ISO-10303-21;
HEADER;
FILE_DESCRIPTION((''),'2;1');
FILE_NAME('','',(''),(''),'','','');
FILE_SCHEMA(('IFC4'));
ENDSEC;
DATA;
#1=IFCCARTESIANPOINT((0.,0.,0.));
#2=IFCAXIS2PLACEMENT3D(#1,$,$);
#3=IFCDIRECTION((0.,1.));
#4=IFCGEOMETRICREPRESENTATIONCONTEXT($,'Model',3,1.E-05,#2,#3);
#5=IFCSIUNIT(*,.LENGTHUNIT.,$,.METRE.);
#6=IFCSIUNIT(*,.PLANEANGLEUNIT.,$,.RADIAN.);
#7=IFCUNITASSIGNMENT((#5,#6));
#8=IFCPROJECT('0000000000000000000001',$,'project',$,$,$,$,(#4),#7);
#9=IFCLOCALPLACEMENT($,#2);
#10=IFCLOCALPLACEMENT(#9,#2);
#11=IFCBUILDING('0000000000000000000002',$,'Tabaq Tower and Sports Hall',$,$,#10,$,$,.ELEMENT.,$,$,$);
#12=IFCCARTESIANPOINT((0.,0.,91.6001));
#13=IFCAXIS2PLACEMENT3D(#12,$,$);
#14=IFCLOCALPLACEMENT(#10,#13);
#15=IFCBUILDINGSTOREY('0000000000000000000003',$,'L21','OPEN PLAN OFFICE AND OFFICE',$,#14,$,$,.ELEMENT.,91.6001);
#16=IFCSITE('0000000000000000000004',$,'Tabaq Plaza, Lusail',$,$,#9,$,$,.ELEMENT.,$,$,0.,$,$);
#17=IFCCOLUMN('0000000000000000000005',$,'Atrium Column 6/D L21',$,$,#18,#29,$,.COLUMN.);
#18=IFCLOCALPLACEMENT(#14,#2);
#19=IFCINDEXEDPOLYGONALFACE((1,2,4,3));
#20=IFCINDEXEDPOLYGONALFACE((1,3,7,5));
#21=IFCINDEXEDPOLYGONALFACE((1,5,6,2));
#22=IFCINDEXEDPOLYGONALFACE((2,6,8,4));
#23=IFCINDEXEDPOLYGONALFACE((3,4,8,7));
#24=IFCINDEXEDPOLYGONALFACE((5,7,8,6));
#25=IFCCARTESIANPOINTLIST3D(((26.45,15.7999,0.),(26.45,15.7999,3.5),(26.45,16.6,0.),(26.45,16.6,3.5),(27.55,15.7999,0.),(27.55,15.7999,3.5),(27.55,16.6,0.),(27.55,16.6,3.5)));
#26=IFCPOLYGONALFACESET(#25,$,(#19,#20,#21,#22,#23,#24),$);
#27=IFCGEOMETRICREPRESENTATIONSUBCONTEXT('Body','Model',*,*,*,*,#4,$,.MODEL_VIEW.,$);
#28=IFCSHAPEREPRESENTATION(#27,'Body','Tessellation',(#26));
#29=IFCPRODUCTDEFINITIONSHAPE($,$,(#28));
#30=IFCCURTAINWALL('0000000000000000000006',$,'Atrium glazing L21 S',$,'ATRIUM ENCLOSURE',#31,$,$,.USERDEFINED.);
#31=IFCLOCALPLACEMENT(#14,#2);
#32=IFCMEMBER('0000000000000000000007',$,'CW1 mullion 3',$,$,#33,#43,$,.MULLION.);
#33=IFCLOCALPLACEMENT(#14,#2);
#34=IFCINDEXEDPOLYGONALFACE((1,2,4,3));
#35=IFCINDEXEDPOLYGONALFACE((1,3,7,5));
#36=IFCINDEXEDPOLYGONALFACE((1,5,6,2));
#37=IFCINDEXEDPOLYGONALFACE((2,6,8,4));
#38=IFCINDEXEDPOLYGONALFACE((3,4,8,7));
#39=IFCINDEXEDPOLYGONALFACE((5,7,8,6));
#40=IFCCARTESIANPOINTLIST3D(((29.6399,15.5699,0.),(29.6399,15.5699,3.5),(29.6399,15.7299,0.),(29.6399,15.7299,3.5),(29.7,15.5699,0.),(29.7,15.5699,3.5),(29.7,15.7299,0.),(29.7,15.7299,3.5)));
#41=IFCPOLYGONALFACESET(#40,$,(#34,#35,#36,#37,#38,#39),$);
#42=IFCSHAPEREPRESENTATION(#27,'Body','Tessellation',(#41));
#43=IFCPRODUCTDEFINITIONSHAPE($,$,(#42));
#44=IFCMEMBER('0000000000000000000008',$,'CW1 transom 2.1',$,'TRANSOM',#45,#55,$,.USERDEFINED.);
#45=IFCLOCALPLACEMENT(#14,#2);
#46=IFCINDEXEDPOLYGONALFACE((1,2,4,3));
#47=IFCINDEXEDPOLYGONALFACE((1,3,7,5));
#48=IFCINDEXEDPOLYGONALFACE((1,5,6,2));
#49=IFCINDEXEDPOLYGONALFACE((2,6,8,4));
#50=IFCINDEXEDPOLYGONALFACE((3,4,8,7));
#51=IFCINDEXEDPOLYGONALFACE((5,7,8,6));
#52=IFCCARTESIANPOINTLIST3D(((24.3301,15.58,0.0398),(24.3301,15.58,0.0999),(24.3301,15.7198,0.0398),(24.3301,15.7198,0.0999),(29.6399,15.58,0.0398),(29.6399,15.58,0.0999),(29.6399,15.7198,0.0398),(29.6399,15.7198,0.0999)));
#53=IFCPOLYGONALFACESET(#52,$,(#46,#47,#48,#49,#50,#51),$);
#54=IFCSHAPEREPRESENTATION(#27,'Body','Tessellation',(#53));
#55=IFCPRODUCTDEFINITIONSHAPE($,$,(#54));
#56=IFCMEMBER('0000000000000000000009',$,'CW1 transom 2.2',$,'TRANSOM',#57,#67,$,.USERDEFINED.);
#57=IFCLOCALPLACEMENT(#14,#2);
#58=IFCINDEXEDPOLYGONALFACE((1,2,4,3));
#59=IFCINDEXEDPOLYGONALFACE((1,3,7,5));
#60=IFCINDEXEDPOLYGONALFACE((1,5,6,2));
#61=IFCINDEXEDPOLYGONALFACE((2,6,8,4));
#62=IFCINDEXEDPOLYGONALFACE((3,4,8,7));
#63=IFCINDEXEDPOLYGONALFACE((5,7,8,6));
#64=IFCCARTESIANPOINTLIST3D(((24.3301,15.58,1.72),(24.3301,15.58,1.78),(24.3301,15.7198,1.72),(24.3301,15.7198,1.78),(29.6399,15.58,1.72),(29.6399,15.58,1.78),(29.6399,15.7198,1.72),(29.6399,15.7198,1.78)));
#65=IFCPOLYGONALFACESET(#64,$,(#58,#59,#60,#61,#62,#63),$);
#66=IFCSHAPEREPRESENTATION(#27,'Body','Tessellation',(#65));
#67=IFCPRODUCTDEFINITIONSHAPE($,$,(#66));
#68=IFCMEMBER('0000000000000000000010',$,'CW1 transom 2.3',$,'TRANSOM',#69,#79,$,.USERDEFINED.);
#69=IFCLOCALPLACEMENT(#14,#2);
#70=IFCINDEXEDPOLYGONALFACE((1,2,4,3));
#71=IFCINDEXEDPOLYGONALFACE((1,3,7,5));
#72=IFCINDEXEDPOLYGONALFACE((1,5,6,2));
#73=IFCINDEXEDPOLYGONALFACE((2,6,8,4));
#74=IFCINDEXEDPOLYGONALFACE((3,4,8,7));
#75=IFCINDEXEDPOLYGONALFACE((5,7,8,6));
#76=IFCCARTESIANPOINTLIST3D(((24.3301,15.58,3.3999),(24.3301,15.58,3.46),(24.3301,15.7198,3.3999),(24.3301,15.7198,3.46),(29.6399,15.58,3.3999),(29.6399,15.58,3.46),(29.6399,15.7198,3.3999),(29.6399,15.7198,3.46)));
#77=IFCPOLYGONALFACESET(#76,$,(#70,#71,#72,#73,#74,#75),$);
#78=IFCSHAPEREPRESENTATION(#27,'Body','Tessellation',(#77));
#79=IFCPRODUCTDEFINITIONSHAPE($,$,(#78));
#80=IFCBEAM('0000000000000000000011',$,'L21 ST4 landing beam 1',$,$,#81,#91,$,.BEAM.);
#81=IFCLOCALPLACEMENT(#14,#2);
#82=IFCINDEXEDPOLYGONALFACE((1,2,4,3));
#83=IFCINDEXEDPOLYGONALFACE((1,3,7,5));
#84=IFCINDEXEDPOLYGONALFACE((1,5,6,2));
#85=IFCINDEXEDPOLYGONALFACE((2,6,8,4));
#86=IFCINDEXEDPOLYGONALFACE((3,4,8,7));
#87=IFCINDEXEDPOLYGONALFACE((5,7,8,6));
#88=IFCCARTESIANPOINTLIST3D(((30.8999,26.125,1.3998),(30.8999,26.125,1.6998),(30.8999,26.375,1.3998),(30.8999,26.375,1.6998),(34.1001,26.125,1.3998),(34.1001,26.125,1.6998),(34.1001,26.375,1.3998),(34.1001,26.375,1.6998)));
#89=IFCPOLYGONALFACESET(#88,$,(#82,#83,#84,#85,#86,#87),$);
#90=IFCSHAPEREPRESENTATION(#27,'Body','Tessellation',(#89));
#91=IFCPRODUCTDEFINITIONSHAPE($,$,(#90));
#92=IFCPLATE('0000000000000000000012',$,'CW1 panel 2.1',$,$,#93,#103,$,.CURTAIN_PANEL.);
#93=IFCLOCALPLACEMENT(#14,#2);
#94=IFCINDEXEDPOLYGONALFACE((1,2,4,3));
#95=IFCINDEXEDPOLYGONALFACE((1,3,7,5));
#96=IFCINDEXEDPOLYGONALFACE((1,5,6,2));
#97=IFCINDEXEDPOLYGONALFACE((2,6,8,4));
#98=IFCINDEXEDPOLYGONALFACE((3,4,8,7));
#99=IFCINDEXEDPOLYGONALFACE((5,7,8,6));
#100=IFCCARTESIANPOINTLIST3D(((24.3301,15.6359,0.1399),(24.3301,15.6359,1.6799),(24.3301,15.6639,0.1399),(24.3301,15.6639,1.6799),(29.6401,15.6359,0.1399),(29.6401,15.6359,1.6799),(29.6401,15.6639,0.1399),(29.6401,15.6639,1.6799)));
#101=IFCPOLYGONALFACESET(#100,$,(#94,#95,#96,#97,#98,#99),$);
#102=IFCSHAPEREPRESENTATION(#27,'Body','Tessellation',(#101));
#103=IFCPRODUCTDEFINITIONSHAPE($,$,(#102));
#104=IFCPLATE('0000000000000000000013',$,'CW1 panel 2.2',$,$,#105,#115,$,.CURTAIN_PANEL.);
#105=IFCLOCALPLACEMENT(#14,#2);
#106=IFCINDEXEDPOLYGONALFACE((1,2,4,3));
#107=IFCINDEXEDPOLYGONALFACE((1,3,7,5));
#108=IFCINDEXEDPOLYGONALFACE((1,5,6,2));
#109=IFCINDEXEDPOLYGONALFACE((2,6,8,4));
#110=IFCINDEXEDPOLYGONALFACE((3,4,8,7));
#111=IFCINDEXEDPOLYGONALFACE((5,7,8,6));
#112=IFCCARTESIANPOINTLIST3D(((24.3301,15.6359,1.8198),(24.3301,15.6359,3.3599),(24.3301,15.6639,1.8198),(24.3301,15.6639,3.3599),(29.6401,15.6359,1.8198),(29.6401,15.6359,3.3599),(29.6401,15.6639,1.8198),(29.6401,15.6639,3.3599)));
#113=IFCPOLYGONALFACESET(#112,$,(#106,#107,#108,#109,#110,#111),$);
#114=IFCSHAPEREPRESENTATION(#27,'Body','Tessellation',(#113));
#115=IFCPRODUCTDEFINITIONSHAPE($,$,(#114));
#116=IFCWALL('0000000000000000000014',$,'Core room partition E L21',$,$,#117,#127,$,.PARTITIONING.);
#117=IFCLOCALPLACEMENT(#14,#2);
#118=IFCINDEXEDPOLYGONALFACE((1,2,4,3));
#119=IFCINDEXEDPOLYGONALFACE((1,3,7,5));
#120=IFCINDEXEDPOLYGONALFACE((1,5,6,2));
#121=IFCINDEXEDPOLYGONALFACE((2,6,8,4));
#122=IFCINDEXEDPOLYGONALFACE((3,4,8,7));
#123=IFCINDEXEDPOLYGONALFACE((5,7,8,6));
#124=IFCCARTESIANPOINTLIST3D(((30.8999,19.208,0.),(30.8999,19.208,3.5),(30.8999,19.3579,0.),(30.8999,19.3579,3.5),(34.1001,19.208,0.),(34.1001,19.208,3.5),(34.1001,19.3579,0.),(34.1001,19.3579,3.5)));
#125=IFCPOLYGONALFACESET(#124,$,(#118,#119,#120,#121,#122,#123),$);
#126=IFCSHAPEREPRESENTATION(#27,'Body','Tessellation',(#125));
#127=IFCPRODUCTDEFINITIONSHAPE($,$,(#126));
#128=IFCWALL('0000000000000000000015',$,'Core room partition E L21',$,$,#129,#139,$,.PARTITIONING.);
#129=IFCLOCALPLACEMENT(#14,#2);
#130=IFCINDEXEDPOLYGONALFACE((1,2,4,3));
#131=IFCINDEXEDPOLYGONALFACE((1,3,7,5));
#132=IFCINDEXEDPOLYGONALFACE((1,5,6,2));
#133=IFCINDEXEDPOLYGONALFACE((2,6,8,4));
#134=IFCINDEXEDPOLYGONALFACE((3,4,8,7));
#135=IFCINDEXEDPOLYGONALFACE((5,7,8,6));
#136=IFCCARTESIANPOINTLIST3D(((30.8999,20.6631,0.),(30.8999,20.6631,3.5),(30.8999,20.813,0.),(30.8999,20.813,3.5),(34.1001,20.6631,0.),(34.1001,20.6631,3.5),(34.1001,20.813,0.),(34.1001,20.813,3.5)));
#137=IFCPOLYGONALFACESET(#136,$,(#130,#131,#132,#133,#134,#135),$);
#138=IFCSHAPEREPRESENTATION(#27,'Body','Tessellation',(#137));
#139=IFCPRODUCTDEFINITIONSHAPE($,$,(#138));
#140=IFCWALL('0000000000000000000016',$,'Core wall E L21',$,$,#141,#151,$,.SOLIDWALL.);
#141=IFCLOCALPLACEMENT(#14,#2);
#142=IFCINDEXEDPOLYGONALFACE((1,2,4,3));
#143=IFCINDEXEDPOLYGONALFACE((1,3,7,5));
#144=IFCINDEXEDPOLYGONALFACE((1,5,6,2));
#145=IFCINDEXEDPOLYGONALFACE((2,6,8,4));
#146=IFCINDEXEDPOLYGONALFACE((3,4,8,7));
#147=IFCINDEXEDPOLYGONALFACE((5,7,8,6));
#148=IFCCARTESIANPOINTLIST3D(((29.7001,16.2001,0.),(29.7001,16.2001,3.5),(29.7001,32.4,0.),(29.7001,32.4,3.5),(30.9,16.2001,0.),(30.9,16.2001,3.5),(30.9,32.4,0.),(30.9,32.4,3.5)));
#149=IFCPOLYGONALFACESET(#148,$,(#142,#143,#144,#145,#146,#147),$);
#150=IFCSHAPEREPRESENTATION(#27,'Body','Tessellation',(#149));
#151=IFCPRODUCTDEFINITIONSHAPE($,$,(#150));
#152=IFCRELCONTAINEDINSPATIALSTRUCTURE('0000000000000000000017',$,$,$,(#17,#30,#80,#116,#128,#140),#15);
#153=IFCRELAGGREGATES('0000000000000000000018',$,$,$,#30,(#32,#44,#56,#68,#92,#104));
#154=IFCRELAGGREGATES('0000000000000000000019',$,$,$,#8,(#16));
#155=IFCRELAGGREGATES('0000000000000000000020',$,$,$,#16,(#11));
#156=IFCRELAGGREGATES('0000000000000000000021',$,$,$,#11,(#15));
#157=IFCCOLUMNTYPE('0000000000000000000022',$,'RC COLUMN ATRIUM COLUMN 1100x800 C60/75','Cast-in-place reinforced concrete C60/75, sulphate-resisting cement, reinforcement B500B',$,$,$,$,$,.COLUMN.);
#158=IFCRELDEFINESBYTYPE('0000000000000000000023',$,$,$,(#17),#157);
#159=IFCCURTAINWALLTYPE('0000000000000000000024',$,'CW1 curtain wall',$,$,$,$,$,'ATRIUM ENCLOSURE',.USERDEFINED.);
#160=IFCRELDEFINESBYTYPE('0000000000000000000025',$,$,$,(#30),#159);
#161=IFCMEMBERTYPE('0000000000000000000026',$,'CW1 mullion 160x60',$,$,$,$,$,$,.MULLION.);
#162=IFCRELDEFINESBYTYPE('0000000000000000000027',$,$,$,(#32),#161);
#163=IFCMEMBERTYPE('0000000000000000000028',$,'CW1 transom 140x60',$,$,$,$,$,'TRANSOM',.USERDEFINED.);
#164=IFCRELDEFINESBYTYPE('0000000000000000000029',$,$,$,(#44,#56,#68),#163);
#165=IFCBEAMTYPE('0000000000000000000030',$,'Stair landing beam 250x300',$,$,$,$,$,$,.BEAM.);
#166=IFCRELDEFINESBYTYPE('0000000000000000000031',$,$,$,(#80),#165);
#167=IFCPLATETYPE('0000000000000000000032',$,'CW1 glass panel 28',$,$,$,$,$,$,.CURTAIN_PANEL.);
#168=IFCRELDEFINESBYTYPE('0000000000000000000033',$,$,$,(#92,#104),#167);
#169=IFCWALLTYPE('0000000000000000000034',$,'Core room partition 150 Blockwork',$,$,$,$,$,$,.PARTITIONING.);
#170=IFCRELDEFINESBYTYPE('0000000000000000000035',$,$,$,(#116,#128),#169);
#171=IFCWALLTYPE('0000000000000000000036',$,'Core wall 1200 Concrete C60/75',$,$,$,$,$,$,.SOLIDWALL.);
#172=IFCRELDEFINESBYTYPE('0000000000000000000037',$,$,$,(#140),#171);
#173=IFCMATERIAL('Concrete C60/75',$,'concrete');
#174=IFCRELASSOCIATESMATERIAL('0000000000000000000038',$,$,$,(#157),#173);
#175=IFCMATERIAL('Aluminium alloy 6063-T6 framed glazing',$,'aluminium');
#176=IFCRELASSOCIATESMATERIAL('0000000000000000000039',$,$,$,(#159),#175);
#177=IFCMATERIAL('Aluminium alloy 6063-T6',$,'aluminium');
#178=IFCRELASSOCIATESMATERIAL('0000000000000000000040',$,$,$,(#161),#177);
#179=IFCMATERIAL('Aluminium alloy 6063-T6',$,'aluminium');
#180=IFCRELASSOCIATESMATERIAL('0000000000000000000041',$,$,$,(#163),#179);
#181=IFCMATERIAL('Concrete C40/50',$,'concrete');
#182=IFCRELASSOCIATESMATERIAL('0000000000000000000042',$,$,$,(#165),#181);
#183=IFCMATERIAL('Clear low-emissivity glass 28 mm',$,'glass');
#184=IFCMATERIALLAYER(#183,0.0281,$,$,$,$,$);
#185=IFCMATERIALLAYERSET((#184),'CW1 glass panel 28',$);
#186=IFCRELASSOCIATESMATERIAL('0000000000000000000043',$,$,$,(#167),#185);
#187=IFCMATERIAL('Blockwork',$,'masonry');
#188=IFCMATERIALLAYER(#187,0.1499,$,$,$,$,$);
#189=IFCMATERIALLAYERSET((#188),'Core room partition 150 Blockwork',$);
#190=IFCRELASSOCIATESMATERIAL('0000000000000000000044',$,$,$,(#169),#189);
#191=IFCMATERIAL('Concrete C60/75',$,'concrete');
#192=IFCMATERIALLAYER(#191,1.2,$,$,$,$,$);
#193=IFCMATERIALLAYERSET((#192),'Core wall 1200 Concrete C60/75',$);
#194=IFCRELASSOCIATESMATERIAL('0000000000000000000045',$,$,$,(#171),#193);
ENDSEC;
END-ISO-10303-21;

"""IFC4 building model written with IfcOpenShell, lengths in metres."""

from ifc_helpers import new_model, si_unit, direction, frame, frame_2d, origin, origin_2d, place, context, subcontext, project, spatial, rectangle, extrude, material, layer, layer_set, material_profile, profile_set, type_object, element, aggregate, save


model = new_model("IFC4")

# Units and contexts
model_context = context("Model", 3, precision=1e-05, world=origin(), true_north=direction((0.0, 1.0)))
body_context = subcontext(model_context, "Body", "Model", "MODEL_VIEW")
ifc_project = project(units=[si_unit("LENGTHUNIT", "METRE"), si_unit("PLANEANGLEUNIT", "RADIAN")], contexts=[model_context])

# Site, building, storey
site_placement = place(None, origin())
site = spatial("IfcSite", under=ifc_project, at=site_placement, Name="Tabaq Plaza, Lusail", CompositionType="ELEMENT", RefElevation=0.0)
building_placement = place(site_placement, origin())
building = spatial("IfcBuilding", under=site, at=building_placement, Name="Tabaq Tower and Sports Hall", CompositionType="ELEMENT")
storey_placement = place(building_placement, frame((0.0, 0.0, 91.6001)))
storey = spatial("IfcBuildingStorey", under=building, at=storey_placement, Name="L21", Description="OPEN PLAN OFFICE AND OFFICE", CompositionType="ELEMENT", Elevation=91.6001)

# Column
ifc_material_1 = material(Name="Concrete C60/75", Category="concrete")
ifc_material_profile_1 = material_profile(ifc_material_1, rectangle(XDim=1.1001, YDim=0.8, at=origin_2d()), Name="ATRIUM COLUMN 1100x800")
ifc_profile_set_1 = profile_set([ifc_material_profile_1], Name="Concrete C60/75")
column_type = type_object("IfcColumnType", Name="RC COLUMN ATRIUM COLUMN 1100x800 C60/75", Description="Cast-in-place reinforced concrete C60/75, sulphate-resisting cement, reinforcement B500B", PredefinedType="COLUMN", material=ifc_profile_set_1)
column_placement = place(storey_placement, frame((27.0, 16.2, 0.0), z_axis=(0.0, 0.0, 1.0), x_axis=(1.0, 0.0, 0.0)))
element("IfcColumn", 1, at=column_placement, inside=storey, type_object=column_type, Name="Atrium Column 6/D L21", PredefinedType="COLUMN", context=body_context, shape_type="SweptSolid", body=[
    extrude(rectangle(XDim=1.1001, YDim=0.8, at=origin_2d()), origin(), (0.0, 0.0, 1.0), 3.5),
])

# Curtain wall, members
ifc_material_2 = material(Name="Aluminium alloy 6063-T6 framed glazing", Category="aluminium")
curtain_wall_type = type_object("IfcCurtainWallType", Name="CW1 curtain wall", ElementType="ATRIUM ENCLOSURE", PredefinedType="USERDEFINED", material=ifc_material_2)
curtain_wall_placement = place(storey_placement, origin())
curtain_wall = element("IfcCurtainWall", 2, at=curtain_wall_placement, inside=storey, type_object=curtain_wall_type, Name="Atrium glazing L21 S", ObjectType="ATRIUM ENCLOSURE", PredefinedType="USERDEFINED")
ifc_material_3 = material(Name="Aluminium alloy 6063-T6", Category="aluminium")
ifc_material_profile_2 = material_profile(ifc_material_3, rectangle(XDim=0.1599, YDim=0.0601, at=origin_2d()), Name="MULLION 160x60")
ifc_profile_set_2 = profile_set([ifc_material_profile_2], Name="Aluminium alloy 6063-T6")
member_type_1 = type_object("IfcMemberType", Name="CW1 mullion 160x60", PredefinedType="MULLION", material=ifc_profile_set_2)
member_1_placement = place(storey_placement, frame((29.6699, 15.6499, 0.0), z_axis=(0.0, 0.0, 1.0), x_axis=(0.0, 1.0, 0.0)))
member_1 = element("IfcMember", 3, at=member_1_placement, type_object=member_type_1, Name="CW1 mullion 3", PredefinedType="MULLION", context=body_context, shape_type="SweptSolid", body=[
    extrude(rectangle(XDim=0.1599, YDim=0.0601, at=origin_2d()), origin(), (0.0, 0.0, 1.0), 3.5),
])
ifc_material_4 = material(Name="Aluminium alloy 6063-T6", Category="aluminium")
ifc_material_profile_3 = material_profile(ifc_material_4, rectangle(XDim=0.1399, YDim=0.0601, at=origin_2d()), Name="TRANSOM 140x60")
ifc_profile_set_3 = profile_set([ifc_material_profile_3], Name="Aluminium alloy 6063-T6")
member_type_2 = type_object("IfcMemberType", Name="CW1 transom 140x60", ElementType="TRANSOM", PredefinedType="USERDEFINED", material=ifc_profile_set_3)
member_2_placement = place(storey_placement, frame((24.3301, 15.6499, 0.0698), z_axis=(1.0, 0.0, 0.0), x_axis=(0.0, 1.0, 0.0)))
member_2 = element("IfcMember", 4, at=member_2_placement, type_object=member_type_2, Name="CW1 transom 2.1", ObjectType="TRANSOM", PredefinedType="USERDEFINED", context=body_context, shape_type="SweptSolid", body=[
    extrude(rectangle(XDim=0.1399, YDim=0.0601, at=origin_2d()), origin(), (0.0, 0.0, 1.0), 5.3098),
])
member_3_placement = place(storey_placement, frame((24.3301, 15.6499, 1.75), z_axis=(1.0, 0.0, 0.0), x_axis=(0.0, 1.0, 0.0)))
member_3 = element("IfcMember", 5, at=member_3_placement, type_object=member_type_2, Name="CW1 transom 2.2", ObjectType="TRANSOM", PredefinedType="USERDEFINED", context=body_context, shape_type="SweptSolid", body=[
    extrude(rectangle(XDim=0.1399, YDim=0.0601, at=origin_2d()), origin(), (0.0, 0.0, 1.0), 5.3098),
])
member_4_placement = place(storey_placement, frame((24.3301, 15.6499, 3.4299), z_axis=(1.0, 0.0, 0.0), x_axis=(0.0, 1.0, 0.0)))
member_4 = element("IfcMember", 6, at=member_4_placement, type_object=member_type_2, Name="CW1 transom 2.3", ObjectType="TRANSOM", PredefinedType="USERDEFINED", context=body_context, shape_type="SweptSolid", body=[
    extrude(rectangle(XDim=0.1399, YDim=0.0601, at=origin_2d()), origin(), (0.0, 0.0, 1.0), 5.3098),
])

# Beam
ifc_material_5 = material(Name="Concrete C40/50", Category="concrete")
ifc_material_profile_4 = material_profile(ifc_material_5, rectangle(XDim=0.25, YDim=0.3, at=origin_2d()), Name="RC 250x300")
ifc_profile_set_4 = profile_set([ifc_material_profile_4], Name="Concrete C40/50")
beam_type = type_object("IfcBeamType", Name="Stair landing beam 250x300", PredefinedType="BEAM", material=ifc_profile_set_4)
beam_placement = place(storey_placement, frame((30.8999, 26.25, 1.5498), z_axis=(1.0, 0.0, 0.0), x_axis=(0.0, 1.0, 0.0)))
element("IfcBeam", 7, at=beam_placement, inside=storey, type_object=beam_type, Name="L21 ST4 landing beam 1", PredefinedType="BEAM", context=body_context, shape_type="SweptSolid", body=[
    extrude(rectangle(XDim=0.25, YDim=0.3, at=origin_2d()), origin(), (0.0, 0.0, 1.0), 3.2002),
])

# Plates
ifc_material_6 = material(Name="Clear low-emissivity glass 28 mm", Category="glass")
ifc_layer_1 = layer(ifc_material_6, 0.0281)
ifc_layer_set_1 = layer_set([ifc_layer_1], Name="CW1 glass panel 28")
plate_type = type_object("IfcPlateType", Name="CW1 glass panel 28", PredefinedType="CURTAIN_PANEL", material=ifc_layer_set_1)
plate_1_placement = place(storey_placement, frame((26.9851, 15.6499, 0.1399), z_axis=(0.0, 0.0, 1.0), x_axis=(1.0, 0.0, 0.0)))
plate_1 = element("IfcPlate", 8, at=plate_1_placement, type_object=plate_type, Name="CW1 panel 2.1", PredefinedType="CURTAIN_PANEL", context=body_context, shape_type="SweptSolid", body=[
    extrude(rectangle(XDim=5.3101, YDim=0.0281, at=origin_2d()), origin(), (0.0, 0.0, 1.0), 1.54),
])
plate_2_placement = place(storey_placement, frame((26.9851, 15.6499, 1.8198), z_axis=(0.0, 0.0, 1.0), x_axis=(1.0, 0.0, 0.0)))
plate_2 = element("IfcPlate", 9, at=plate_2_placement, type_object=plate_type, Name="CW1 panel 2.2", PredefinedType="CURTAIN_PANEL", context=body_context, shape_type="SweptSolid", body=[
    extrude(rectangle(XDim=5.3101, YDim=0.0281, at=origin_2d()), origin(), (0.0, 0.0, 1.0), 1.54),
])
aggregate(curtain_wall, [member_1, member_2, member_3, member_4, plate_1, plate_2])

# Walls
ifc_material_7 = material(Name="Blockwork", Category="masonry")
ifc_layer_2 = layer(ifc_material_7, 0.1499)
ifc_layer_set_2 = layer_set([ifc_layer_2], Name="Core room partition 150 Blockwork")
wall_type_1 = type_object("IfcWallType", Name="Core room partition 150 Blockwork", PredefinedType="PARTITIONING", material=ifc_layer_set_2)
for number, where, z_axis, x_axis, name in (
    (10, (30.8999, 19.283, 0.0), (0.0, 0.0, 1.0), (1.0, 0.0, 0.0), "Core room partition E L21"),
    (11, (30.8999, 20.738, 0.0), (0.0, 0.0, 1.0), (1.0, 0.0, 0.0), "Core room partition E L21"),
):
    element("IfcWall", number, at=place(storey_placement, frame(where, z_axis=z_axis, x_axis=x_axis)), inside=storey, type_object=wall_type_1, Name=name, PredefinedType="PARTITIONING", context=body_context, shape_type="SweptSolid", body=[
        extrude(rectangle(XDim=3.2002, YDim=0.1499, at=frame_2d((1.6001, 0.0))), origin(), (0.0, 0.0, 1.0), 3.5),
    ])
ifc_material_8 = material(Name="Concrete C60/75", Category="concrete")
ifc_layer_3 = layer(ifc_material_8, 1.2)
ifc_layer_set_3 = layer_set([ifc_layer_3], Name="Core wall 1200 Concrete C60/75")
wall_type_2 = type_object("IfcWallType", Name="Core wall 1200 Concrete C60/75", PredefinedType="SOLIDWALL", material=ifc_layer_set_3)
wall_1_placement = place(storey_placement, frame((30.3, 16.2, 0.0), z_axis=(0.0, 0.0, 1.0), x_axis=(0.0, 1.0, 0.0)))
element("IfcWall", 12, at=wall_1_placement, inside=storey, type_object=wall_type_2, Name="Core wall E L21", PredefinedType="SOLIDWALL", context=body_context, shape_type="SweptSolid", body=[
    extrude(rectangle(XDim=16.2, YDim=1.2, at=frame_2d((8.1001, 0.0))), origin(), (0.0, 0.0, 1.0), 3.5),
])

save(model, "model.ifc")
